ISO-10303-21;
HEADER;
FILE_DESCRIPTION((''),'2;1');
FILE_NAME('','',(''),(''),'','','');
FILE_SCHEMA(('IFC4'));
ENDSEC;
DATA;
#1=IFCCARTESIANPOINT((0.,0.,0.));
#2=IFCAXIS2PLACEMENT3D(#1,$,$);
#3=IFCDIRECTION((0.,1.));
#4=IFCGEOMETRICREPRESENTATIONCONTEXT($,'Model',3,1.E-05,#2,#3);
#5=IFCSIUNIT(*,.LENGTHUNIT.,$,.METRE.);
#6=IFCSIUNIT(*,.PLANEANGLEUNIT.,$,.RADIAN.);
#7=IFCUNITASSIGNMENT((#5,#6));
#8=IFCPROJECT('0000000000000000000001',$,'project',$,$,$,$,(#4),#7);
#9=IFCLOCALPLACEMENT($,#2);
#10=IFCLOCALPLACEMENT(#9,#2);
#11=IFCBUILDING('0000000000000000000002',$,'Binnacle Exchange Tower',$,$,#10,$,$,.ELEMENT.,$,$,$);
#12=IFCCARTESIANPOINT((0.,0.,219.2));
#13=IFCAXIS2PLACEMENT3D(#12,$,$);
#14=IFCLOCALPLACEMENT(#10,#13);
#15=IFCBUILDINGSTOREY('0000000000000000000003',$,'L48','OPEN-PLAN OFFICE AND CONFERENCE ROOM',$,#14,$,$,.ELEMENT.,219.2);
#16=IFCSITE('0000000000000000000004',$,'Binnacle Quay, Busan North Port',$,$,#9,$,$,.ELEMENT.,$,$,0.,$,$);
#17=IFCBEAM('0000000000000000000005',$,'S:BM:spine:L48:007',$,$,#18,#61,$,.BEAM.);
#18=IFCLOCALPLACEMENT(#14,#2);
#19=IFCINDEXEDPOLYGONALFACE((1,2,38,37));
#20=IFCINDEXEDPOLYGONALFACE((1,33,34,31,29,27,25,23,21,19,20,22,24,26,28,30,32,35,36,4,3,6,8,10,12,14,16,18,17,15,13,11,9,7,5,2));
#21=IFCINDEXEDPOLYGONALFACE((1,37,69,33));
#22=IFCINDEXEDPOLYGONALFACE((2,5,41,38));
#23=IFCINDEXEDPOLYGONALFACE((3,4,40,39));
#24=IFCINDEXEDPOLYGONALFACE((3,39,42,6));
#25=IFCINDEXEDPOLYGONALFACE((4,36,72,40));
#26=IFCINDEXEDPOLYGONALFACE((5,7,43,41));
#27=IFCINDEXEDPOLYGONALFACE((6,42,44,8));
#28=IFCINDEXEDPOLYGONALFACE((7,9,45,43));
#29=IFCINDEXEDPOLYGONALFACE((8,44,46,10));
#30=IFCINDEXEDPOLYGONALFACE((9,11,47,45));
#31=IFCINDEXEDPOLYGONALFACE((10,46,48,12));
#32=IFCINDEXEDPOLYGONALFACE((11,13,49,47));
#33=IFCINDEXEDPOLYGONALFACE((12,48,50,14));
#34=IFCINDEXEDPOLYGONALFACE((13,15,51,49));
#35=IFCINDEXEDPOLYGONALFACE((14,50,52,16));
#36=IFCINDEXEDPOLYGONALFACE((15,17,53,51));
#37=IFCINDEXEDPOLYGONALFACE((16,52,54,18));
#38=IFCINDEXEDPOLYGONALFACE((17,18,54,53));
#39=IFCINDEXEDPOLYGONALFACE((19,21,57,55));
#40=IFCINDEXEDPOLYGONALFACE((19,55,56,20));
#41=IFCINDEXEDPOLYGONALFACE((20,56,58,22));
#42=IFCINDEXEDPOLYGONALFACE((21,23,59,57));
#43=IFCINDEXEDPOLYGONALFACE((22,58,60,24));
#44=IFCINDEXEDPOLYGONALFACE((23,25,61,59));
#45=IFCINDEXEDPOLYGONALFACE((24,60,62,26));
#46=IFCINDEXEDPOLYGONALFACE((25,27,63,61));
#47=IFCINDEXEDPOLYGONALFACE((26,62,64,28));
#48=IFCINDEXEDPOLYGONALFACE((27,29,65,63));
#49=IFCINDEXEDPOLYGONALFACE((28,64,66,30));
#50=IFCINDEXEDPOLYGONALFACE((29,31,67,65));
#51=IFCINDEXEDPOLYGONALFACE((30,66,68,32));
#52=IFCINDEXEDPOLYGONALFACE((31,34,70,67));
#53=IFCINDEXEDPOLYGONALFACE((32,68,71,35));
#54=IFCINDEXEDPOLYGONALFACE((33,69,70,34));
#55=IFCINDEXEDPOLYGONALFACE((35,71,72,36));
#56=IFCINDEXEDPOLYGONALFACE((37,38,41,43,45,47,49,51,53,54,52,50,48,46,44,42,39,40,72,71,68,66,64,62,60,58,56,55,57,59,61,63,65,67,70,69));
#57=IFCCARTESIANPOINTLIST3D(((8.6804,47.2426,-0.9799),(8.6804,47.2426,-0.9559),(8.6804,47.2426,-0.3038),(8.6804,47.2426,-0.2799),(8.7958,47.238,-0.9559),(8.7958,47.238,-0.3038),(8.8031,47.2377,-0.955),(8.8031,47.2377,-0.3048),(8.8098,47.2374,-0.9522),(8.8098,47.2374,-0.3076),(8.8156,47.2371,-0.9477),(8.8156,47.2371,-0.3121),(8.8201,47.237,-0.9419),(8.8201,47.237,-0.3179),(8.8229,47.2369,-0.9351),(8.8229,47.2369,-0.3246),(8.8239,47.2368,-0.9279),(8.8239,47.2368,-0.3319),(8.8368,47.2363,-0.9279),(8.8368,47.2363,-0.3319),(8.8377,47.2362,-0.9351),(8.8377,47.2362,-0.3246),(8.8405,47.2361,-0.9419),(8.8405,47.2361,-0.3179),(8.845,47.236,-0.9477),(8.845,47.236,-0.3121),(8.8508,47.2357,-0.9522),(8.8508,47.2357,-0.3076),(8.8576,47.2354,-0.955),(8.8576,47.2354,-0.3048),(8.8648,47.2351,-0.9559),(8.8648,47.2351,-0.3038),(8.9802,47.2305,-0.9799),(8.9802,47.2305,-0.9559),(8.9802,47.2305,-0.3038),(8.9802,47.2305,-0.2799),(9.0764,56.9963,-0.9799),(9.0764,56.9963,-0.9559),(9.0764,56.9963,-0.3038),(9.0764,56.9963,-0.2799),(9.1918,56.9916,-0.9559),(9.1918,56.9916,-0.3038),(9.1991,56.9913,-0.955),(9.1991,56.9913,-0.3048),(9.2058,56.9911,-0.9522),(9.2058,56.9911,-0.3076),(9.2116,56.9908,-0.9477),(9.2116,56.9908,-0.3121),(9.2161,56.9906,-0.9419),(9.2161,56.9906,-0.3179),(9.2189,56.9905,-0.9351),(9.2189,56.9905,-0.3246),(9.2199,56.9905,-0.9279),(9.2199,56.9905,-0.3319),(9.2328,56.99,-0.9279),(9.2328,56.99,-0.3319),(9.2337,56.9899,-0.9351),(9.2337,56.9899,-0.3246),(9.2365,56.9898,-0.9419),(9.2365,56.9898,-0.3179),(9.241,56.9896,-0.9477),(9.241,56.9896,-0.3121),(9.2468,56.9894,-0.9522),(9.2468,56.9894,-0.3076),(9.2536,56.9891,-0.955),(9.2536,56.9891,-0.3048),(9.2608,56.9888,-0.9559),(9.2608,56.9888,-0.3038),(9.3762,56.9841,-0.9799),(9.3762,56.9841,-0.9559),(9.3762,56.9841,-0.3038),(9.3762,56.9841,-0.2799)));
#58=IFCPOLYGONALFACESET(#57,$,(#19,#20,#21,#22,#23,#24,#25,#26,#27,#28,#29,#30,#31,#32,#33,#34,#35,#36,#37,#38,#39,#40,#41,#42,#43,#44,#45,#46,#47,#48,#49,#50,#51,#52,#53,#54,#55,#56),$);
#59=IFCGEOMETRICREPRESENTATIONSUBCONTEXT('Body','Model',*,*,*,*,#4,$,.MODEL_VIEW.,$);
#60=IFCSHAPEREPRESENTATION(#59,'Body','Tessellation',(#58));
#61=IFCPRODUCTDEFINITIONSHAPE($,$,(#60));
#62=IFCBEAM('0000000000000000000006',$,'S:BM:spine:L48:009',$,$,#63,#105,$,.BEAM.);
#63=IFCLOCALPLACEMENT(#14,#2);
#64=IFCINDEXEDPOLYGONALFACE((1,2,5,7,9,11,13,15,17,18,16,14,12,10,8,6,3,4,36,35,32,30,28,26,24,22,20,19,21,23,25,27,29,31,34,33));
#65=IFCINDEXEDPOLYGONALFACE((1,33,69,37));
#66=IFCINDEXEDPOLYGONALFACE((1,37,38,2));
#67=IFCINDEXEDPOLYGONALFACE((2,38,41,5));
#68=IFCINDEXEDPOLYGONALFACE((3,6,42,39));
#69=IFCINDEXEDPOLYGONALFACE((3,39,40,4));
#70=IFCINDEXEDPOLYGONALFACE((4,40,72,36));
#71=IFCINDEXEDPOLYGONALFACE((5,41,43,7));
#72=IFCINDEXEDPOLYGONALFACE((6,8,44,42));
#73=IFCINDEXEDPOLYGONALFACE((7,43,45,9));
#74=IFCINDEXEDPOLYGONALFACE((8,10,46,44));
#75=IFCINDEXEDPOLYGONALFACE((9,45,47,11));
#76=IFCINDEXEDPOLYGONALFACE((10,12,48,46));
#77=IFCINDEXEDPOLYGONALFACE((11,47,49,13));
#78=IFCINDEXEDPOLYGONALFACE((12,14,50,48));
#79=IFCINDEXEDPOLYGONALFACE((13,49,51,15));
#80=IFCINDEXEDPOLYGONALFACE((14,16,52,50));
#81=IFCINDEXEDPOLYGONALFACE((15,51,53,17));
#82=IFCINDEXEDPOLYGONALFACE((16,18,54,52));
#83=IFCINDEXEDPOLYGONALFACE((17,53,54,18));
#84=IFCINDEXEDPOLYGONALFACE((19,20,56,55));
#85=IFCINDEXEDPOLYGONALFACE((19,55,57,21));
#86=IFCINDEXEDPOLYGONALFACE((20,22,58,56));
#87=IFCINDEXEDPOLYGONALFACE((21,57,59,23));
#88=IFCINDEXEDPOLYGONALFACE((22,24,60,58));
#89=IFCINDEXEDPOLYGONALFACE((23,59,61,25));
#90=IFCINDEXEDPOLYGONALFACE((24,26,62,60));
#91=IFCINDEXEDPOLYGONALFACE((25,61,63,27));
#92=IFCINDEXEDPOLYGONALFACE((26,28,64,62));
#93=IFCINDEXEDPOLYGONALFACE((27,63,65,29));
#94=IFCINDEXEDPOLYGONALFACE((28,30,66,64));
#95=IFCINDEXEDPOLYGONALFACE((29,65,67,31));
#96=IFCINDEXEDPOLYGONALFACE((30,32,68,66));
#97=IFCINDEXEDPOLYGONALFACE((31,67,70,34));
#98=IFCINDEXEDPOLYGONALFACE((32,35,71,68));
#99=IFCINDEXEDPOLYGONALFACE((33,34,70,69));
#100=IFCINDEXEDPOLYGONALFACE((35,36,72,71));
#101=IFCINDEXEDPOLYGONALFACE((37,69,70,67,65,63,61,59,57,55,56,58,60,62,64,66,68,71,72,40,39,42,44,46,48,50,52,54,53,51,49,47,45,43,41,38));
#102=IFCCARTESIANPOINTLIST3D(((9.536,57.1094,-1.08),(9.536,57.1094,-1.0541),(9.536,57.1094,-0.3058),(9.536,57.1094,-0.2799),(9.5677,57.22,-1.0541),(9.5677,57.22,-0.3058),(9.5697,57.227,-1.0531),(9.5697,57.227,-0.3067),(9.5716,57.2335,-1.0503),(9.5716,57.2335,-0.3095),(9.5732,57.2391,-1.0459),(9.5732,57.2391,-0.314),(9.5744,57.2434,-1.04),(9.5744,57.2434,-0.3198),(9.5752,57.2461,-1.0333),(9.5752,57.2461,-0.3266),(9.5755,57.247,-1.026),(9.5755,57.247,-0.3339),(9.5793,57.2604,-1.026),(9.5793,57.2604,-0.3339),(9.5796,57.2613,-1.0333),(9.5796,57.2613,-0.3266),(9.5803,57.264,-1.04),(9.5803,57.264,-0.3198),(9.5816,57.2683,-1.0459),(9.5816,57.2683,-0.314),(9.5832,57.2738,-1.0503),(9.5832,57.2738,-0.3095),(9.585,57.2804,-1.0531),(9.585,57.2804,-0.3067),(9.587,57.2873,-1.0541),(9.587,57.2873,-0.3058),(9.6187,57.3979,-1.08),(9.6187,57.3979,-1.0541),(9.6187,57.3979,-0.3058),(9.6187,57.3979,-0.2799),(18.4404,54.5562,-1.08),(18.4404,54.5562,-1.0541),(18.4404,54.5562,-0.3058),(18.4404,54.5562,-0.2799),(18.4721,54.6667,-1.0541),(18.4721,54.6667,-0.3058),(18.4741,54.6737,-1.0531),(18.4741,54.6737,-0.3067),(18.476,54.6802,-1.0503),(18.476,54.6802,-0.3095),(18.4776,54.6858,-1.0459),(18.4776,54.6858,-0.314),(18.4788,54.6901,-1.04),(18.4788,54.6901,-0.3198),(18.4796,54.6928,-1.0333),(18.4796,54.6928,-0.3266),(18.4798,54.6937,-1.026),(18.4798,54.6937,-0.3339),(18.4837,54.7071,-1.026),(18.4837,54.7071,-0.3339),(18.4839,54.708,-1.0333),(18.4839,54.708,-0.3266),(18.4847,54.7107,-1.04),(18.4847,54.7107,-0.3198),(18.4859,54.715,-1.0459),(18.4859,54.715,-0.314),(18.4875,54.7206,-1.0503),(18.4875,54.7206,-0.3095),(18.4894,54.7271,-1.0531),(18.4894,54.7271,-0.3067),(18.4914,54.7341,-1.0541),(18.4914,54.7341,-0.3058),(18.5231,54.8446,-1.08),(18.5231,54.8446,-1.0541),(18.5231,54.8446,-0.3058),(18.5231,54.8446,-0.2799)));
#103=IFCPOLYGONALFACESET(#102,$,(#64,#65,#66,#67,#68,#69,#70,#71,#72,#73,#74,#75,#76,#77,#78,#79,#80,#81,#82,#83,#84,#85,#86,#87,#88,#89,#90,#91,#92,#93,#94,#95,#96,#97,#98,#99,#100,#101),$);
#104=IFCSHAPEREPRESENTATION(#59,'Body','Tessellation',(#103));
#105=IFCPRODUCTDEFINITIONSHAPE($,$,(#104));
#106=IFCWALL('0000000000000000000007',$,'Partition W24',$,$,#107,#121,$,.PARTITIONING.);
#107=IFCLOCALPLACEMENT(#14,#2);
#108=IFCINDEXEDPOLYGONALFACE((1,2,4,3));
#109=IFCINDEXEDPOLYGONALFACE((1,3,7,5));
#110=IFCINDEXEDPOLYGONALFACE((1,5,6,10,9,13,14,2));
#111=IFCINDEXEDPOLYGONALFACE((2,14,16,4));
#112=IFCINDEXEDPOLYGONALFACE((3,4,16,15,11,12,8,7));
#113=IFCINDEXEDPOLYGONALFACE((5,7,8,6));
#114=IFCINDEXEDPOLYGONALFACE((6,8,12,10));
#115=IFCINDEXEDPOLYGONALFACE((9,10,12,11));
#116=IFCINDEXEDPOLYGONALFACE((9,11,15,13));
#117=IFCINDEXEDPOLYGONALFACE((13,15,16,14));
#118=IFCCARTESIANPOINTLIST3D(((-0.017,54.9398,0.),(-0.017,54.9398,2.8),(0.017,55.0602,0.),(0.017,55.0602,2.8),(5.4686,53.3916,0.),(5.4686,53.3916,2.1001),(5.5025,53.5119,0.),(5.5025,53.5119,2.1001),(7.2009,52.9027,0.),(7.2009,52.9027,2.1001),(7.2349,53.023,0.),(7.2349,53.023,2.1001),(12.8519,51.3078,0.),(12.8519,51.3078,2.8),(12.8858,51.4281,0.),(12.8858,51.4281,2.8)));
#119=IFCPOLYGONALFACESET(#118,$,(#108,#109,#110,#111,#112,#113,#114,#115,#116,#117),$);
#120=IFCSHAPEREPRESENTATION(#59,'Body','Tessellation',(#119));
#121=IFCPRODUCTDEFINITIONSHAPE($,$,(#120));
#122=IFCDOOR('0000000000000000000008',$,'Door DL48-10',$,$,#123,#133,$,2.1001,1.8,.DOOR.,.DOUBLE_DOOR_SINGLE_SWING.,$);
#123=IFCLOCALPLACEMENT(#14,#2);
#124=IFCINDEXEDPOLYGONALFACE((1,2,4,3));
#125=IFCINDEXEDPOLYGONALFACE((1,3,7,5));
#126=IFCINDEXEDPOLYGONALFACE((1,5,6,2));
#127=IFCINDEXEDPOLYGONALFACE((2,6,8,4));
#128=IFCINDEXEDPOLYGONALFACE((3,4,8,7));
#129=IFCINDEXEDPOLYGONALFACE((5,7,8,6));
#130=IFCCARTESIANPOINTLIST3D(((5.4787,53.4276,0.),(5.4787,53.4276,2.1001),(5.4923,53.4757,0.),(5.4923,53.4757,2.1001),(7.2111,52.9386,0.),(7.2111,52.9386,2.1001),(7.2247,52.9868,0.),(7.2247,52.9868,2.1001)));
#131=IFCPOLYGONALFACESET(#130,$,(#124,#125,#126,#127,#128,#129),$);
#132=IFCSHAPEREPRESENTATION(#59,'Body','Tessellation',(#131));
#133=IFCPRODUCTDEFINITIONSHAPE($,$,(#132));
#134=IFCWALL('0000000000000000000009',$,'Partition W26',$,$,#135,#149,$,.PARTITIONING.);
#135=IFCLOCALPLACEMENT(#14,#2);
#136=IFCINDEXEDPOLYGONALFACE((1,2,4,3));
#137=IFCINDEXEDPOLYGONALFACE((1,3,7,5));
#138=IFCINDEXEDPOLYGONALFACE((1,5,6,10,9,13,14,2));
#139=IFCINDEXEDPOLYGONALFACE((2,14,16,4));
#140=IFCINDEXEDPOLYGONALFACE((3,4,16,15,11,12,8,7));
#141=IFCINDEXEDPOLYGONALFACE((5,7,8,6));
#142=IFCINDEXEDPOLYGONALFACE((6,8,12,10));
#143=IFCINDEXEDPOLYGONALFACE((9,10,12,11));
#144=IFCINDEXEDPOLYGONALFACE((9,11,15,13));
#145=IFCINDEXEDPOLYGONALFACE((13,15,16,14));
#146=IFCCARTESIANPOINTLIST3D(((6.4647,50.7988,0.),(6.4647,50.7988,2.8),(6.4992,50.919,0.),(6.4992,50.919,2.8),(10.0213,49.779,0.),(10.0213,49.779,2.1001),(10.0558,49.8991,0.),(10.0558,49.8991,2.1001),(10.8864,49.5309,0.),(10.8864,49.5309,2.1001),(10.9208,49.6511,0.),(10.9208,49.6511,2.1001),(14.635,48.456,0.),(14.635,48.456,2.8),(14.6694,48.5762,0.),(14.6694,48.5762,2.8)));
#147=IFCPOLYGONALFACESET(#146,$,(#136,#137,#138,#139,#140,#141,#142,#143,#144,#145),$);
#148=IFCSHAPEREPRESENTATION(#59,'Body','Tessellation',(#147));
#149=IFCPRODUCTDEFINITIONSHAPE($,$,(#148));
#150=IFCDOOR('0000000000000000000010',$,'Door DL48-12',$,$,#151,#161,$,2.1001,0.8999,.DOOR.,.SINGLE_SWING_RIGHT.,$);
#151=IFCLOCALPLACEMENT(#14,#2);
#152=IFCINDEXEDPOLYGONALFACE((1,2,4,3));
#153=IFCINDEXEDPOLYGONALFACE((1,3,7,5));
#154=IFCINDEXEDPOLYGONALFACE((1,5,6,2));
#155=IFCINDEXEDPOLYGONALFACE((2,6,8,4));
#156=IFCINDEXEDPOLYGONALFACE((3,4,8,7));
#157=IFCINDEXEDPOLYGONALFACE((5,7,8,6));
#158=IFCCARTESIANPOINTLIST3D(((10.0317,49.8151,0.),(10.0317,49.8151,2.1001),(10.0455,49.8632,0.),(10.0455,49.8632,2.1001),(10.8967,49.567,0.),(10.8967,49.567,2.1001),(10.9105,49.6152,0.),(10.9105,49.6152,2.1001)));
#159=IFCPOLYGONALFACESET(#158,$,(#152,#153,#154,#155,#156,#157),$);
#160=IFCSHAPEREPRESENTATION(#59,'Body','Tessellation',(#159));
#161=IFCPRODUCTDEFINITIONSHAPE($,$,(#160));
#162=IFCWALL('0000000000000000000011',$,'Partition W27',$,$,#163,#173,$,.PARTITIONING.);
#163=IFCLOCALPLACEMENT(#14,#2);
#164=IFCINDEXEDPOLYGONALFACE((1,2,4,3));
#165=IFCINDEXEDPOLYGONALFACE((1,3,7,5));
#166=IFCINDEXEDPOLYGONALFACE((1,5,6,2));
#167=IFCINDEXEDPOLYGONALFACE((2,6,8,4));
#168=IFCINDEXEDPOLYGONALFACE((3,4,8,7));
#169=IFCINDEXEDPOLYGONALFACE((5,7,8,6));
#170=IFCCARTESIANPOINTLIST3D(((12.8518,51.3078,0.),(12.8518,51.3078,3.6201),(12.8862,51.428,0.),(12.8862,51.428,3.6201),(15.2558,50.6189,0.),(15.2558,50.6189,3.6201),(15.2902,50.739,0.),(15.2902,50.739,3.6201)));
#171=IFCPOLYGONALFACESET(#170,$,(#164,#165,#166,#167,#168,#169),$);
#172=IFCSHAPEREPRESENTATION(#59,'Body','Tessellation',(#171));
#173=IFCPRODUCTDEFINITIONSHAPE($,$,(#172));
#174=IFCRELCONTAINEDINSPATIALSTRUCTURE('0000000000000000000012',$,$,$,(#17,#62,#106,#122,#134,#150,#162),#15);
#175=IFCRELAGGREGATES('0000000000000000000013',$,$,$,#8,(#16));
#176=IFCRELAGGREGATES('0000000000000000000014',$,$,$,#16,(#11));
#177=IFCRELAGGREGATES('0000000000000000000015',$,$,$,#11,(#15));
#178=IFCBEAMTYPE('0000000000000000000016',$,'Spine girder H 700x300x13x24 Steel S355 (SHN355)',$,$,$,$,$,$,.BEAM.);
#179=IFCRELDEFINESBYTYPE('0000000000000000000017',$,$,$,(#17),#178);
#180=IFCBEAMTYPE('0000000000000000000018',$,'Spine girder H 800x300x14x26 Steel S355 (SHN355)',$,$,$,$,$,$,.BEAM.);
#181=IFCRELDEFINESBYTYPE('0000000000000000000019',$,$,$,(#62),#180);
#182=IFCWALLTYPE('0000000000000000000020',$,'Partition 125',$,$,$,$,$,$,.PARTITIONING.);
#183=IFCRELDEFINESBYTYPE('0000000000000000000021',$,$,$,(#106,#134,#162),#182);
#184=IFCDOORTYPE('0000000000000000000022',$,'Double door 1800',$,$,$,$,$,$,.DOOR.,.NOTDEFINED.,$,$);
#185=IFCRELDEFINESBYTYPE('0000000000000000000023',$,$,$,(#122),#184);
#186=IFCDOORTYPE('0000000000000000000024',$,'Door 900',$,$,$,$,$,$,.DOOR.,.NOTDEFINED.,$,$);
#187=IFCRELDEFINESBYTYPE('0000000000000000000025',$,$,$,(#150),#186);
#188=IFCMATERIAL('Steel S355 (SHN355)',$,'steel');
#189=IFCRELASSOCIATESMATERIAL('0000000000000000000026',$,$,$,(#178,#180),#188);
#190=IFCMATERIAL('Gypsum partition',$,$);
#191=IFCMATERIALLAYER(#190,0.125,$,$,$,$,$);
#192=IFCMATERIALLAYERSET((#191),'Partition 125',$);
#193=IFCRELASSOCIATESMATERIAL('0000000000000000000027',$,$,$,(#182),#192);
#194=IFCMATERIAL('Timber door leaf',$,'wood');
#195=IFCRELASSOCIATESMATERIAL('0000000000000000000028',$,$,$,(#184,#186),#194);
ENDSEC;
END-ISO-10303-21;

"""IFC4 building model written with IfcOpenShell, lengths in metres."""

from ifc_helpers import new_model, si_unit, direction, frame, frame_2d, origin, origin_2d, place, context, subcontext, project, spatial, rectangle, i_section, extrude, material, layer, layer_set, material_profile, profile_set, type_object, element, fill, save


model = new_model("IFC4")

# Units and contexts
model_context = context("Model", 3, precision=1e-05, world=origin(), true_north=direction((0.0, 1.0)))
body_context = subcontext(model_context, "Body", "Model", "MODEL_VIEW")
ifc_project = project(units=[si_unit("LENGTHUNIT", "METRE"), si_unit("PLANEANGLEUNIT", "RADIAN")], contexts=[model_context])

# Site, building, storey
site_placement = place(None, origin())
site = spatial("IfcSite", under=ifc_project, at=site_placement, Name="Binnacle Quay, Busan North Port", CompositionType="ELEMENT", RefElevation=0.0)
building_placement = place(site_placement, origin())
building = spatial("IfcBuilding", under=site, at=building_placement, Name="Binnacle Exchange Tower", CompositionType="ELEMENT")
storey_placement = place(building_placement, frame((0.0, 0.0, 219.2)))
storey = spatial("IfcBuildingStorey", under=building, at=storey_placement, Name="L48", Description="OPEN-PLAN OFFICE AND CONFERENCE ROOM", CompositionType="ELEMENT", Elevation=219.2)

# Beams
ifc_material_1 = material(Name="Steel S355 (SHN355)", Category="steel")
ifc_material_profile_1 = material_profile(ifc_material_1, i_section(OverallWidth=0.3, OverallDepth=0.7, WebThickness=0.0129, FlangeThickness=0.0239, FilletRadius=0.0281, at=origin_2d()), Name="H 700x300x13x24")
ifc_profile_set_1 = profile_set([ifc_material_profile_1], Name="Steel S355 (SHN355)")
beam_type_1 = type_object("IfcBeamType", Name="Spine girder H 700x300x13x24 Steel S355 (SHN355)", PredefinedType="BEAM", material=ifc_profile_set_1)
beam_1_placement = place(storey_placement, frame((9.2263, 56.9902, -0.6299), z_axis=(-0.040566, -0.999177, 0.0), x_axis=(0.999177, -0.040566, 0.0)))
element("IfcBeam", 1, at=beam_1_placement, inside=storey, type_object=beam_type_1, Name="S:BM:spine:L48:007", PredefinedType="BEAM", context=body_context, shape_type="SweptSolid", body=[
    extrude(i_section(OverallWidth=0.3, OverallDepth=0.7, WebThickness=0.0129, FlangeThickness=0.0239, FilletRadius=0.0281, at=origin_2d()), origin(), (0.0, 0.0, 1.0), 9.7617),
])
ifc_material_profile_2 = material_profile(ifc_material_1, i_section(OverallWidth=0.3, OverallDepth=0.8, WebThickness=0.0139, FlangeThickness=0.0259, FilletRadius=0.0281, at=origin_2d()), Name="H 800x300x14x26")
ifc_profile_set_2 = profile_set([ifc_material_profile_2], Name="Steel S355 (SHN355)")
beam_type_2 = type_object("IfcBeamType", Name="Spine girder H 800x300x14x26 Steel S355 (SHN355)", PredefinedType="BEAM", material=ifc_profile_set_2)
beam_2_placement = place(storey_placement, frame((9.5774, 57.2537, -0.6799), z_axis=(0.961263, -0.275633, 0.0), x_axis=(0.275633, 0.961263, 0.0)))
element("IfcBeam", 2, at=beam_2_placement, inside=storey, type_object=beam_type_2, Name="S:BM:spine:L48:009", PredefinedType="BEAM", context=body_context, shape_type="SweptSolid", body=[
    extrude(i_section(OverallWidth=0.3, OverallDepth=0.8, WebThickness=0.0139, FlangeThickness=0.0259, FilletRadius=0.0281, at=origin_2d()), origin(), (0.0, 0.0, 1.0), 9.2632),
])

# Walls, openings, doors
ifc_material_2 = material(Name="Gypsum partition")
ifc_layer = layer(ifc_material_2, 0.125)
ifc_layer_set = layer_set([ifc_layer], Name="Partition 125")
wall_type = type_object("IfcWallType", Name="Partition 125", PredefinedType="PARTITIONING", material=ifc_layer_set)
wall_1_placement = place(storey_placement, frame((0.0, 55.0, 0.0), z_axis=(0.0, 0.0, 1.0), x_axis=(0.962403, -0.271626, 0.0)))
wall_1 = element("IfcWall", 3, at=wall_1_placement, inside=storey, type_object=wall_type, Name="Partition W24", PredefinedType="PARTITIONING", context=body_context, shape_type="SweptSolid", body=[
    extrude(rectangle(XDim=13.3716, YDim=0.125, at=frame_2d((6.6858, 0.0))), origin(), (0.0, 0.0, 1.0), 2.8),
])
opening_1_placement = place(wall_1_placement, frame((5.7, 0.0, 0.0)))
opening_1 = element("IfcOpeningElement", 4, at=opening_1_placement, cuts=wall_1, PredefinedType="OPENING", context=body_context, shape_type="SweptSolid", body=[
    extrude(rectangle(XDim=1.8, YDim=2.1001, at=frame_2d((0.8999, 1.05))), frame((0.0, 0.0725, 0.0), z_axis=(0.0, -1.0, 0.0), x_axis=(1.0, 0.0, 0.0)), (0.0, 0.0, 1.0), 0.145),
])
ifc_material_3 = material(Name="Timber door leaf", Category="wood")
door_type_1 = type_object("IfcDoorType", Name="Double door 1800", OperationType="NOTDEFINED", PredefinedType="DOOR", material=ifc_material_3)
door_1_placement = place(opening_1_placement, origin())
door_1 = element("IfcDoor", 5, at=door_1_placement, inside=storey, type_object=door_type_1, Name="Door DL48-10", OperationType="DOUBLE_DOOR_SINGLE_SWING", OverallHeight=2.1001, OverallWidth=1.8, PredefinedType="DOOR", context=body_context, shape_type="SweptSolid", body=[
    extrude(rectangle(XDim=1.8, YDim=2.1001, at=frame_2d((0.8999, 1.05))), frame((0.0, 0.0249, 0.0), z_axis=(0.0, -1.0, 0.0), x_axis=(1.0, 0.0, 0.0)), (0.0, 0.0, 1.0), 0.05),
])
fill(opening_1, door_1)
wall_2_placement = place(storey_placement, frame((6.4819, 50.8589, 0.0), z_axis=(0.0, 0.0, 1.0), x_axis=(0.961261, -0.275639, 0.0)))
wall_2 = element("IfcWall", 6, at=wall_2_placement, inside=storey, type_object=wall_type, Name="Partition W26", PredefinedType="PARTITIONING", context=body_context, shape_type="SweptSolid", body=[
    extrude(rectangle(XDim=8.4995, YDim=0.125, at=frame_2d((4.2498, 0.0))), origin(), (0.0, 0.0, 1.0), 2.8),
])
opening_2_placement = place(wall_2_placement, frame((3.7, 0.0, 0.0)))
opening_2 = element("IfcOpeningElement", 7, at=opening_2_placement, cuts=wall_2, PredefinedType="OPENING", context=body_context, shape_type="SweptSolid", body=[
    extrude(rectangle(XDim=0.8999, YDim=2.1001, at=frame_2d((0.45, 1.05))), frame((0.0, 0.0725, 0.0), z_axis=(0.0, -1.0, 0.0), x_axis=(1.0, 0.0, 0.0)), (0.0, 0.0, 1.0), 0.145),
])
door_type_2 = type_object("IfcDoorType", Name="Door 900", OperationType="NOTDEFINED", PredefinedType="DOOR", material=ifc_material_3)
door_2_placement = place(opening_2_placement, frame((0.8999, 0.0, 0.0), z_axis=(0.0, 0.0, 1.0), x_axis=(-1.0, 0.0, 0.0)))
door_2 = element("IfcDoor", 8, at=door_2_placement, inside=storey, type_object=door_type_2, Name="Door DL48-12", OperationType="SINGLE_SWING_RIGHT", OverallHeight=2.1001, OverallWidth=0.8999, PredefinedType="DOOR", context=body_context, shape_type="SweptSolid", body=[
    extrude(rectangle(XDim=0.8999, YDim=2.1001, at=frame_2d((0.45, 1.05))), frame((0.0, 0.0249, 0.0), z_axis=(0.0, -1.0, 0.0), x_axis=(1.0, 0.0, 0.0)), (0.0, 0.0, 1.0), 0.05),
])
fill(opening_2, door_2)

# Wall
wall_3_placement = place(storey_placement, frame((12.8689, 51.3679, 0.0), z_axis=(0.0, 0.0, 1.0), x_axis=(0.961303, -0.275495, 0.0)))
element("IfcWall", 9, at=wall_3_placement, inside=storey, type_object=wall_type, Name="Partition W27", PredefinedType="PARTITIONING", context=body_context, shape_type="SweptSolid", body=[
    extrude(rectangle(XDim=2.5007, YDim=0.125, at=frame_2d((1.2505, 0.0))), origin(), (0.0, 0.0, 1.0), 3.6201),
])

save(model, "model.ifc")
